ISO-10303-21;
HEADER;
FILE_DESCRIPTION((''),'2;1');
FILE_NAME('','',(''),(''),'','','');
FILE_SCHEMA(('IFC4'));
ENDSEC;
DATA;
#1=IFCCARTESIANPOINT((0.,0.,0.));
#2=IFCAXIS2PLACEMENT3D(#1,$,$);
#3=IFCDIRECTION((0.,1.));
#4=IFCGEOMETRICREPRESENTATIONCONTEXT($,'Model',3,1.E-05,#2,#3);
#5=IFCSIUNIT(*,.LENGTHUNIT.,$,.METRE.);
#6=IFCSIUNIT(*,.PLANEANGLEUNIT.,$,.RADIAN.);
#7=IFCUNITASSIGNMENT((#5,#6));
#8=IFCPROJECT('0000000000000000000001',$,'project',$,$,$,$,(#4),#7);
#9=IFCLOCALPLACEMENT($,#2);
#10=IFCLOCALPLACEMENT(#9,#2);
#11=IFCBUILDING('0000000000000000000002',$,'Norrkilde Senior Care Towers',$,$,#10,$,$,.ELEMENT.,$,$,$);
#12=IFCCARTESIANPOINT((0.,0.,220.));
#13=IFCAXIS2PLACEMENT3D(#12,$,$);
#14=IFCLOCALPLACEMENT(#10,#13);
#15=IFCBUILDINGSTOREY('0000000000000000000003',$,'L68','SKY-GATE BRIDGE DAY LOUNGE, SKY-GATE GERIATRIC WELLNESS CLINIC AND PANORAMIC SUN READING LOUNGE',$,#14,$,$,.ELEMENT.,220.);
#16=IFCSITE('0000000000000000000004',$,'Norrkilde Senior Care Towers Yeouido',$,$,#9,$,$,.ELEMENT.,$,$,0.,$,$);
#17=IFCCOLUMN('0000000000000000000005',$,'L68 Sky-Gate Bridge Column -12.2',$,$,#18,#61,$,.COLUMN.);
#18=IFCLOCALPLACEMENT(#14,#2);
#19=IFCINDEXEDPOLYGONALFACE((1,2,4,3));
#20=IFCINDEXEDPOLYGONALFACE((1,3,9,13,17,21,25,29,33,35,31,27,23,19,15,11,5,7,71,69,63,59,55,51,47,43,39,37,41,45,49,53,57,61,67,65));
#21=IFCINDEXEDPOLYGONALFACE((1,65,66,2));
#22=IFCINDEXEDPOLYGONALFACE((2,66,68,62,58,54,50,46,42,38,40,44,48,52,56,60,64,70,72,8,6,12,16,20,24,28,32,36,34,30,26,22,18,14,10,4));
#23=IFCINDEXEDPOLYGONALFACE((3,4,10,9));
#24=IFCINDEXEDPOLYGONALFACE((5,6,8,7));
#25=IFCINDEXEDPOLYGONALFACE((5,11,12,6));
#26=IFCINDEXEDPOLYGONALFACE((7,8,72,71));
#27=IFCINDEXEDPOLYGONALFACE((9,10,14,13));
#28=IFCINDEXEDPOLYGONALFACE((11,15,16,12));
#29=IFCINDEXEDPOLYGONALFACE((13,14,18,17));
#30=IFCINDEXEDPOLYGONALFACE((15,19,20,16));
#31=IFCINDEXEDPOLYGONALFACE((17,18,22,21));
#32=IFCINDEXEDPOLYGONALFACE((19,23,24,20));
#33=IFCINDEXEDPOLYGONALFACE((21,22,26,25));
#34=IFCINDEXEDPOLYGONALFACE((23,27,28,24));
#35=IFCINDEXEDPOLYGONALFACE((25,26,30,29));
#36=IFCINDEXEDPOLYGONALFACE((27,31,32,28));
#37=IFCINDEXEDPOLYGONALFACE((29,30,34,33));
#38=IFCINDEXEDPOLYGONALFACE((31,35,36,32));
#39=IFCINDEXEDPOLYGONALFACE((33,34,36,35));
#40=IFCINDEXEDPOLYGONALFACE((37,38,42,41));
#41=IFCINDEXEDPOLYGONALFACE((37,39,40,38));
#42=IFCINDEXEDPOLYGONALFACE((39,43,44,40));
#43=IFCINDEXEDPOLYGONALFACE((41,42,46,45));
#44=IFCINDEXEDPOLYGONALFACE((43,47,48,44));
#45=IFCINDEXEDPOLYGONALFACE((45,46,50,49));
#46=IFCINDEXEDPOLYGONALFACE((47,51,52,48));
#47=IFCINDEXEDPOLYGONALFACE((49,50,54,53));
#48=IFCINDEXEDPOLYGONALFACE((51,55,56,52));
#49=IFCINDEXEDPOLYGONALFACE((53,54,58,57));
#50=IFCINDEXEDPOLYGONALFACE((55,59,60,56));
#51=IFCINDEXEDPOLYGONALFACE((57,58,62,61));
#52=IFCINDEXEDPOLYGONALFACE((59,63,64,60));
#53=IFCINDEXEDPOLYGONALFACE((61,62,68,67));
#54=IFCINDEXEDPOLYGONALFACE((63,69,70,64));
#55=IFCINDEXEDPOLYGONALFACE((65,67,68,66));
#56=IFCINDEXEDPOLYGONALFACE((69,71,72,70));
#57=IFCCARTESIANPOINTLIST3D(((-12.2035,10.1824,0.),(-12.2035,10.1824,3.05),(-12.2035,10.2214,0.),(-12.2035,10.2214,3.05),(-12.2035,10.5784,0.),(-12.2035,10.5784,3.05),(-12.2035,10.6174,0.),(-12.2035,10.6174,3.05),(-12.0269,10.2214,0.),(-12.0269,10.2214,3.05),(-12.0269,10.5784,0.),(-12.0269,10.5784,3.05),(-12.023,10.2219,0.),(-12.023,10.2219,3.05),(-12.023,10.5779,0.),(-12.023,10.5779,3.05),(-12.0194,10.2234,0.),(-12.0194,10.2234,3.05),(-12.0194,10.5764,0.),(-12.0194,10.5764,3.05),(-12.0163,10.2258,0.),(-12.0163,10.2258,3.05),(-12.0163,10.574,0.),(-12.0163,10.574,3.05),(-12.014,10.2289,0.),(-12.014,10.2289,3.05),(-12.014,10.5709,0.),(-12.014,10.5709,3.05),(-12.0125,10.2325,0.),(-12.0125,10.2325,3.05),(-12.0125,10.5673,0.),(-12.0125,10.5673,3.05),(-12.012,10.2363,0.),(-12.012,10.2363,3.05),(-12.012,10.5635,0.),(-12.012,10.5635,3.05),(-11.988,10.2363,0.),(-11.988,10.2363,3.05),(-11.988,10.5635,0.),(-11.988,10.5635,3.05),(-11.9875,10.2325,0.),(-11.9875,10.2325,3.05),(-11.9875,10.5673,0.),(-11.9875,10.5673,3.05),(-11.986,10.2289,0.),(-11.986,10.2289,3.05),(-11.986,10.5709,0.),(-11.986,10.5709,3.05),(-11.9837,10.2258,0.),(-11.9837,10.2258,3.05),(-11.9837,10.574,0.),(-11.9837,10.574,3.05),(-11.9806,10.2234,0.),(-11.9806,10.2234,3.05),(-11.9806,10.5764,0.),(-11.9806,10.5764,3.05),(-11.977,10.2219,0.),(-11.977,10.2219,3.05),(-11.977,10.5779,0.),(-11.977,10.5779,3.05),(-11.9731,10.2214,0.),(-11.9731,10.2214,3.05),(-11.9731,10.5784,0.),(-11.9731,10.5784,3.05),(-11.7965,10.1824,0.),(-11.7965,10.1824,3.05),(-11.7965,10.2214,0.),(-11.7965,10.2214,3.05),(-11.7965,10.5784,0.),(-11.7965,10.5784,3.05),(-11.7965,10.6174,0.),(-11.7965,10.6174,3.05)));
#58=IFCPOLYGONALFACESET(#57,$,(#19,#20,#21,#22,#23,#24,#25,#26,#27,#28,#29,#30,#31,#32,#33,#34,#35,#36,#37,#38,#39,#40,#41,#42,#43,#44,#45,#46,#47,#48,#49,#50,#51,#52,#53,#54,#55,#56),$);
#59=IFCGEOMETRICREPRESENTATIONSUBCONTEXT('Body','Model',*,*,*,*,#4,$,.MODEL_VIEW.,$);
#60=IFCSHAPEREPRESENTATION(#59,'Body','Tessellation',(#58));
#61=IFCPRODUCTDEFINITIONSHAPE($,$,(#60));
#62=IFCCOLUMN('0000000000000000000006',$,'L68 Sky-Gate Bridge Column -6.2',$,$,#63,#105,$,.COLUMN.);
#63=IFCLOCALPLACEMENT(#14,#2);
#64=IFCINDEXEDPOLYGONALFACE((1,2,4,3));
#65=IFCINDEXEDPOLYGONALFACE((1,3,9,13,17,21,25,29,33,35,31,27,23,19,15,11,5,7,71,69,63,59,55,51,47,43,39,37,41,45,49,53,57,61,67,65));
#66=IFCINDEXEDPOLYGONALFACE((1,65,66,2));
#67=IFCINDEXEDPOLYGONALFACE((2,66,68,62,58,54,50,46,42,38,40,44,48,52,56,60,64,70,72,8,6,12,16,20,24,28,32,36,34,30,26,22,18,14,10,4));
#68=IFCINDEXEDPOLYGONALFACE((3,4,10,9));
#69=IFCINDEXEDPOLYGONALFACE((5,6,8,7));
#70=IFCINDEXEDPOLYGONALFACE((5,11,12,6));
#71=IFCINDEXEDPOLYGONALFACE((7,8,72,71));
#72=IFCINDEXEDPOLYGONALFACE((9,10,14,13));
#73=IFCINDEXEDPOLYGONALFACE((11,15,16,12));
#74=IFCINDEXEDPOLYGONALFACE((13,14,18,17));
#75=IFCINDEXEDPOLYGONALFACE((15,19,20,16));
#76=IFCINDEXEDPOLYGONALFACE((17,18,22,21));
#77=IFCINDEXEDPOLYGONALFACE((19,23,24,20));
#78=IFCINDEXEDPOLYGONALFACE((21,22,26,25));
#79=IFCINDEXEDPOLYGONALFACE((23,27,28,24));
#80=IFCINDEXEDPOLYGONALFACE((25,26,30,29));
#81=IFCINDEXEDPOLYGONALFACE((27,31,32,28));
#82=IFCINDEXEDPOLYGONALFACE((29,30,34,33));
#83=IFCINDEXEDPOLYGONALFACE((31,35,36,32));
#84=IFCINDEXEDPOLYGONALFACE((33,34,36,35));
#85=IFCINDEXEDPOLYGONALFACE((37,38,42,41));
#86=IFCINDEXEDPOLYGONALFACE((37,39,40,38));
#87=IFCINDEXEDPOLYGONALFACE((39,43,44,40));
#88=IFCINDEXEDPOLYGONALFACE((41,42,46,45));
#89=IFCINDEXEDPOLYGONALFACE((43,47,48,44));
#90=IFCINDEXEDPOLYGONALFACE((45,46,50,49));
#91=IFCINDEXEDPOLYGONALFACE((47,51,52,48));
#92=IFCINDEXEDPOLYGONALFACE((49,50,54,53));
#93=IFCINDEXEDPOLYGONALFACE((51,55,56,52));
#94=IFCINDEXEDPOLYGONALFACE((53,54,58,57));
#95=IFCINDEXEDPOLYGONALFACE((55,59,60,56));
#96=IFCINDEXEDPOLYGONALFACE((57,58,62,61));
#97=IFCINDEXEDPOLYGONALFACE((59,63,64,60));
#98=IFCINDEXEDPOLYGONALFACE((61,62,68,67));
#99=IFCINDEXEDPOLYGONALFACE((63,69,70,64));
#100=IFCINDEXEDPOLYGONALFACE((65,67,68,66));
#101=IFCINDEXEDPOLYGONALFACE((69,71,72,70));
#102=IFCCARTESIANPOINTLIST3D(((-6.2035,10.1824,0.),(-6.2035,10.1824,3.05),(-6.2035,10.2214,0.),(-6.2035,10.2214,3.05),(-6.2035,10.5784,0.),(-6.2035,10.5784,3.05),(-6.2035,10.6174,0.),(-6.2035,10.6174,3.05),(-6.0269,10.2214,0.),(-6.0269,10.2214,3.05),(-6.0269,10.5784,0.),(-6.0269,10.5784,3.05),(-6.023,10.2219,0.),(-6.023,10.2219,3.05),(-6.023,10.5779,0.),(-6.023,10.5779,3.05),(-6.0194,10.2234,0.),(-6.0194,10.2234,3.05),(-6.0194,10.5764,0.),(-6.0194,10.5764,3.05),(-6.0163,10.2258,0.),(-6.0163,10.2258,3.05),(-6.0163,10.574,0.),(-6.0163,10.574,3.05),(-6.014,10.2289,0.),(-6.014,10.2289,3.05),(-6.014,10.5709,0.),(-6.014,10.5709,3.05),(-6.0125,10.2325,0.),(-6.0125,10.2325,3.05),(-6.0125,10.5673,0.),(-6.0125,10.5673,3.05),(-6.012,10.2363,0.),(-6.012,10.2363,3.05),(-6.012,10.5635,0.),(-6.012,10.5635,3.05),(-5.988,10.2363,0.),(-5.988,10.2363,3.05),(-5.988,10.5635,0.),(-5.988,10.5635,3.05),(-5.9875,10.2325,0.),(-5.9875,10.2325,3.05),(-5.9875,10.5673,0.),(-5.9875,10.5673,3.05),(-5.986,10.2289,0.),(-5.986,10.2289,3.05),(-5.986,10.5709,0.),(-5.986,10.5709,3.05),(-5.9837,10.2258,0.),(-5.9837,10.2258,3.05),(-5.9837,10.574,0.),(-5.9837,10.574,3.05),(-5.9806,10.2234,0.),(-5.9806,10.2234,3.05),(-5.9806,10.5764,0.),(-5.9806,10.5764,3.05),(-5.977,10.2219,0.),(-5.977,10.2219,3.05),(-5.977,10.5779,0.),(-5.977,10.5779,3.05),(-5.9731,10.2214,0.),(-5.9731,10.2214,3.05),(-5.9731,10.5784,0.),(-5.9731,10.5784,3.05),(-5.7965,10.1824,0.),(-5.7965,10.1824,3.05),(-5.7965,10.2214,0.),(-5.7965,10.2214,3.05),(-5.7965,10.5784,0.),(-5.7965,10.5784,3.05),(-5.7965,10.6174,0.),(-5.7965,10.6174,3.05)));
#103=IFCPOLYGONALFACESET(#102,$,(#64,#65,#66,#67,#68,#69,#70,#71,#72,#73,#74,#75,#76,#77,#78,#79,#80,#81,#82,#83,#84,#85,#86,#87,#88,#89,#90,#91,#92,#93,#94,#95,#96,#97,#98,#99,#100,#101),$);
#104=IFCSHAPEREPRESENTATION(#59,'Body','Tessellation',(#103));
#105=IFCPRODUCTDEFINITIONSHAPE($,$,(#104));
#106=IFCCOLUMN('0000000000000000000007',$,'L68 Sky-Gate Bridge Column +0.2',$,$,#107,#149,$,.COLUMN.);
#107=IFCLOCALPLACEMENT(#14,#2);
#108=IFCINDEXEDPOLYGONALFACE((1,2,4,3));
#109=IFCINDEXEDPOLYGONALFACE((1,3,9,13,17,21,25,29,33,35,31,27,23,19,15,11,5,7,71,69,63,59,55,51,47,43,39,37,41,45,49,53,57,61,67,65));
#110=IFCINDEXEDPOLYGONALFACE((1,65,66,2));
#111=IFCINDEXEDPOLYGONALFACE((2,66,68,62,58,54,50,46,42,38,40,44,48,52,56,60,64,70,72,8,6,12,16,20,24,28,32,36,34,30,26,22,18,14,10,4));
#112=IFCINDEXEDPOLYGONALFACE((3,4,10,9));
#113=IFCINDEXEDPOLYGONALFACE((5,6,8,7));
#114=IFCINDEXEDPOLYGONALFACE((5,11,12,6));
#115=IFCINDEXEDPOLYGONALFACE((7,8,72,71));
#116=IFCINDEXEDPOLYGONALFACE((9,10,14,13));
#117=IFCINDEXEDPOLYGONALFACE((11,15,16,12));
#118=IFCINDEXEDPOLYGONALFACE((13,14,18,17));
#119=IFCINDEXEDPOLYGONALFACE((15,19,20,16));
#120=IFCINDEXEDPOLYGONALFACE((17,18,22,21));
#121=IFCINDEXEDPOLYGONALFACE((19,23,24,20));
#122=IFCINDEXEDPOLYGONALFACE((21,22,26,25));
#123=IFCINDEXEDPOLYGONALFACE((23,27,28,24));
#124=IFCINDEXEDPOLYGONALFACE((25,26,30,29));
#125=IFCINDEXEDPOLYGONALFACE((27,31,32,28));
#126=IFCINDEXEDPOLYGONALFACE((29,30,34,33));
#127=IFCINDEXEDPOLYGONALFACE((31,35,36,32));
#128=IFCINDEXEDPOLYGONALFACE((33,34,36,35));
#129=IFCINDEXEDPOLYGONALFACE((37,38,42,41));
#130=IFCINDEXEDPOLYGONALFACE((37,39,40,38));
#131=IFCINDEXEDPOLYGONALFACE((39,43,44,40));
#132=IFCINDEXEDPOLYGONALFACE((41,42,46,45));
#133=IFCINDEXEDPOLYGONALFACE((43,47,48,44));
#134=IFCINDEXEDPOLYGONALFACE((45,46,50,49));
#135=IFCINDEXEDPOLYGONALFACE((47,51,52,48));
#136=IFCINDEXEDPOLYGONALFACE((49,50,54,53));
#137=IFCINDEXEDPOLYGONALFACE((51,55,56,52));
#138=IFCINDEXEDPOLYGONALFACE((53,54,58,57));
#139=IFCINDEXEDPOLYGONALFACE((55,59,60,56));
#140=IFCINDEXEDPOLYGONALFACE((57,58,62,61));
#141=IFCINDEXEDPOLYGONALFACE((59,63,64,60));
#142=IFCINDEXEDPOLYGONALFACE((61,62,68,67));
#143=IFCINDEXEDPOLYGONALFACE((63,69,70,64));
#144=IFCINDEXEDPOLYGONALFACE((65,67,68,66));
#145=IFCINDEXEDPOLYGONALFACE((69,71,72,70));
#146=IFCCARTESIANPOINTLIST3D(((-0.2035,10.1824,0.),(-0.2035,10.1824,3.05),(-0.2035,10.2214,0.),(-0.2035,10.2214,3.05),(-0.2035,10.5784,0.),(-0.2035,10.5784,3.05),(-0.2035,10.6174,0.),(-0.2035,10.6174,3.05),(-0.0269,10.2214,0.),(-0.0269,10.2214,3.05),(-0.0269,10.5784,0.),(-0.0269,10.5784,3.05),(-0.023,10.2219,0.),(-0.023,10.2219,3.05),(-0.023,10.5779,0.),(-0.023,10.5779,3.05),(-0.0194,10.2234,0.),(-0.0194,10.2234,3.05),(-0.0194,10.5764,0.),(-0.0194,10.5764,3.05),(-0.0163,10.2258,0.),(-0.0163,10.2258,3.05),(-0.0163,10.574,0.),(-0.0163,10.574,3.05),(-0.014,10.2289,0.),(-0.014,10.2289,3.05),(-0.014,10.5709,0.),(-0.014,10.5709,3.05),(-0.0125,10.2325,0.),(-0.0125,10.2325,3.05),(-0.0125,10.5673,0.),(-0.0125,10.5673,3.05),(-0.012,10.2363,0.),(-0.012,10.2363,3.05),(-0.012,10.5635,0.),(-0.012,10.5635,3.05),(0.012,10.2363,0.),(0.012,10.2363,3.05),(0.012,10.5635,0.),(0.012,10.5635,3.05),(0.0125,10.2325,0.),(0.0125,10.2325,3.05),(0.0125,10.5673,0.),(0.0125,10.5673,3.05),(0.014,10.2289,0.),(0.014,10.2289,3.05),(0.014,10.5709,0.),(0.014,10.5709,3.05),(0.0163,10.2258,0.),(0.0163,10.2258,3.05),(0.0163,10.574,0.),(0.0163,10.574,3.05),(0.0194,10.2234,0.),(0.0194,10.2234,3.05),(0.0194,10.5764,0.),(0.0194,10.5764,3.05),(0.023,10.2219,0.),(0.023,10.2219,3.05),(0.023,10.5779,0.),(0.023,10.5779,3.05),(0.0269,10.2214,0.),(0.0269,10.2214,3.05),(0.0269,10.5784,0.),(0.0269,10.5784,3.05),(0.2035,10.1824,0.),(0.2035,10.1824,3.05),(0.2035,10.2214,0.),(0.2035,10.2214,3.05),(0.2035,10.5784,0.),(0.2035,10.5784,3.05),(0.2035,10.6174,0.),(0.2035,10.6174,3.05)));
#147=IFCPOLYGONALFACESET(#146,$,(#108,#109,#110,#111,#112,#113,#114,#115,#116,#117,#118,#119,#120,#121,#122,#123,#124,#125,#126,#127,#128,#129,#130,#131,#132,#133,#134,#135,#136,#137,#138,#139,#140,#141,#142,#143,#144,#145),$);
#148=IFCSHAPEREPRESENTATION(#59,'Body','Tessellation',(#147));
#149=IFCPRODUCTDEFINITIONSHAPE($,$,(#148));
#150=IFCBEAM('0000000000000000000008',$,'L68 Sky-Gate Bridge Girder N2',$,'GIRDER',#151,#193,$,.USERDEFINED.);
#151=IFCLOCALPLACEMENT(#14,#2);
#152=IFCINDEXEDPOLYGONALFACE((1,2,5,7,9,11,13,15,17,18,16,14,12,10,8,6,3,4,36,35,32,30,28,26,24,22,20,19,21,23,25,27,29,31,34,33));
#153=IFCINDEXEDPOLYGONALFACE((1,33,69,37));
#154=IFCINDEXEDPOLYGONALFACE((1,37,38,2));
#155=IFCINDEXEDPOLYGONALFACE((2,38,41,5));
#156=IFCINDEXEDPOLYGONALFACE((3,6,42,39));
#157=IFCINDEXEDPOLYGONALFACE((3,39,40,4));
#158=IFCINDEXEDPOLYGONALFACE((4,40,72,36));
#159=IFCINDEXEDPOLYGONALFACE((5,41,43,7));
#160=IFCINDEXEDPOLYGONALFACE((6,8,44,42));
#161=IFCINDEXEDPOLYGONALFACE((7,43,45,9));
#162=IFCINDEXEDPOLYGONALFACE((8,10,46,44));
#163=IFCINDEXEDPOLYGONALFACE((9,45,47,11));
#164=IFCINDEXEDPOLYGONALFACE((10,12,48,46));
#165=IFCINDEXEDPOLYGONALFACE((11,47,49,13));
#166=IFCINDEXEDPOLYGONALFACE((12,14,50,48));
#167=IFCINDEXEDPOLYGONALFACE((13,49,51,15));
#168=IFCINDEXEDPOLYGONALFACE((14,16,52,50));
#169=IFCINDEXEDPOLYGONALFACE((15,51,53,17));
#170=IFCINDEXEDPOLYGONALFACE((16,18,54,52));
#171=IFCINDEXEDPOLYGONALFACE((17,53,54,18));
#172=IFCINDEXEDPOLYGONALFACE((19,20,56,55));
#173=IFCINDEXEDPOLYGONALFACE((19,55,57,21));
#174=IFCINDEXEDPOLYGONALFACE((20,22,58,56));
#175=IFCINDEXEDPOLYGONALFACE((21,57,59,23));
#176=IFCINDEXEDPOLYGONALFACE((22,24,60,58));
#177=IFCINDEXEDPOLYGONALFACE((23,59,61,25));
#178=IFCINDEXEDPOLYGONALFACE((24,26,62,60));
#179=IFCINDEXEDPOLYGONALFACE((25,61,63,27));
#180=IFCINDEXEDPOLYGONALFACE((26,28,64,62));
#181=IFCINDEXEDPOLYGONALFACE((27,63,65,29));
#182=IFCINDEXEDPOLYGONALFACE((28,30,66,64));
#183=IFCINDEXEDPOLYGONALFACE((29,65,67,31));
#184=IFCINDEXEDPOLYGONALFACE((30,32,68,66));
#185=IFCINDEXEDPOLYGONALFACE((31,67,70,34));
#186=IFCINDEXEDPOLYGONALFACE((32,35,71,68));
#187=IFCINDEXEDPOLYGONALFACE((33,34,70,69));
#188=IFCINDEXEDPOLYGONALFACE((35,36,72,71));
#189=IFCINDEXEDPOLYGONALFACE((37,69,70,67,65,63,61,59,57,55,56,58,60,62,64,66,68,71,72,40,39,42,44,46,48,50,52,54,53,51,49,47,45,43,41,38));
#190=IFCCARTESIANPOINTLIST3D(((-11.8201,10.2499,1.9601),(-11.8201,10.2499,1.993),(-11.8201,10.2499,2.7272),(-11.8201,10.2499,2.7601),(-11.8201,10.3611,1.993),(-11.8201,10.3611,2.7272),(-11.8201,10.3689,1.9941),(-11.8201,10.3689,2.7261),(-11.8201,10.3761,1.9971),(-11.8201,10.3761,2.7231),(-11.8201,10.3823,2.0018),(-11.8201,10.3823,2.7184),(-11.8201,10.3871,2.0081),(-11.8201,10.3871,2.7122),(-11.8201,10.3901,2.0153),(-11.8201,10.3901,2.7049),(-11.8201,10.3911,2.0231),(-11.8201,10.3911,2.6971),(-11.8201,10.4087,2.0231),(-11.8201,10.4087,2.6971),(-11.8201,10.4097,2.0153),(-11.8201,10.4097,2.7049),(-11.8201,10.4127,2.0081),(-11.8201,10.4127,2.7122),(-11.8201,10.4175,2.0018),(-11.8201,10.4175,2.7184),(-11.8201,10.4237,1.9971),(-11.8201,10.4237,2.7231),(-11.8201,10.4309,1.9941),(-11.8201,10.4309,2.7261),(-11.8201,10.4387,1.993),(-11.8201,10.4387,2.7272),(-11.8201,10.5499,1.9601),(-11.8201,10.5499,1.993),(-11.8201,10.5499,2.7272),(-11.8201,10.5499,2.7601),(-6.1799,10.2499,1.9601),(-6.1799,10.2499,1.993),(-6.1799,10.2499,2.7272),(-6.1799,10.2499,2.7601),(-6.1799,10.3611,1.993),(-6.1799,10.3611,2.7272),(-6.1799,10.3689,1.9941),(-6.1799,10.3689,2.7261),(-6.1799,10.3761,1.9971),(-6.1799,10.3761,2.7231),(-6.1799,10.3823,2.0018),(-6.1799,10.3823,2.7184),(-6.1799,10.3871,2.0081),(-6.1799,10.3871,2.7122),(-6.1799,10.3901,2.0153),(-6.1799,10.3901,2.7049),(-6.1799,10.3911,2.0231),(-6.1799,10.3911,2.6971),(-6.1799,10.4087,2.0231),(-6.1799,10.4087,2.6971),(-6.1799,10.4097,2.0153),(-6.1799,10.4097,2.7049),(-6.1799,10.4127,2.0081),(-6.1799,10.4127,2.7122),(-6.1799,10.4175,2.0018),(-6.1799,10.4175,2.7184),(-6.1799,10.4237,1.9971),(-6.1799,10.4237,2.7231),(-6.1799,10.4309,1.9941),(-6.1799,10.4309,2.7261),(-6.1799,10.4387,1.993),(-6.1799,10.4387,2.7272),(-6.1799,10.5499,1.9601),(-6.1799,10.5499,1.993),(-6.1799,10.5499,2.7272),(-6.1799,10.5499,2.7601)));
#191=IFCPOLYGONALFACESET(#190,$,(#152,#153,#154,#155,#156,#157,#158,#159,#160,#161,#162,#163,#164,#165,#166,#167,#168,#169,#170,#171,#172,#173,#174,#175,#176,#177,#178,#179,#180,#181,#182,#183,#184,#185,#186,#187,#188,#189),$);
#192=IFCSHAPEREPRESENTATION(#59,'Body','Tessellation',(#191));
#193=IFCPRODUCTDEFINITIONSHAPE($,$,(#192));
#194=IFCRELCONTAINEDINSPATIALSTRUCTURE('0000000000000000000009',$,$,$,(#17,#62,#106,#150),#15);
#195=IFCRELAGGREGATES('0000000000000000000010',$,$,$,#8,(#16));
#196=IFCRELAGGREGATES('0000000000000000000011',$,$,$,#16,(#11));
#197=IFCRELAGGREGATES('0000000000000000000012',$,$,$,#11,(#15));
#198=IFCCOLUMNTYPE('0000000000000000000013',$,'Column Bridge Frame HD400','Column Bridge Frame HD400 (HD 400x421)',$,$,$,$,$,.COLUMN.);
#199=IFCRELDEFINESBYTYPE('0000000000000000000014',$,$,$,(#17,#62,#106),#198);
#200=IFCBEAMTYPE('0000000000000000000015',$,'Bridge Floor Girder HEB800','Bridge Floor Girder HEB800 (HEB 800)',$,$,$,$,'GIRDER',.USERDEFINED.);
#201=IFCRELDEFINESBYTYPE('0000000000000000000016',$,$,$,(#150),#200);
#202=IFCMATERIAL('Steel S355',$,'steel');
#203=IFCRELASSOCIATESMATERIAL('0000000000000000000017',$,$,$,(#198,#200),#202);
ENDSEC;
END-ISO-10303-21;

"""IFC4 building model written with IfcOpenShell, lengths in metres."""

from ifc_helpers import new_model, si_unit, direction, frame, origin, origin_2d, place, context, subcontext, project, spatial, i_section, extrude, source, transform, mapped, material, material_profile, profile_set, type_object, type_shapes, element, save


model = new_model("IFC4")

# Units and contexts
model_context = context("Model", 3, precision=1e-05, world=origin(), true_north=direction((0.0, 1.0)))
body_context = subcontext(model_context, "Body", "Model", "MODEL_VIEW")
ifc_project = project(units=[si_unit("LENGTHUNIT", "METRE"), si_unit("PLANEANGLEUNIT", "RADIAN")], contexts=[model_context])

# Site, building, storey
site_placement = place(None, origin())
site = spatial("IfcSite", under=ifc_project, at=site_placement, Name="Norrkilde Senior Care Towers Yeouido", CompositionType="ELEMENT", RefElevation=0.0)
building_placement = place(site_placement, origin())
building = spatial("IfcBuilding", under=site, at=building_placement, Name="Norrkilde Senior Care Towers", CompositionType="ELEMENT")
storey_placement = place(building_placement, frame((0.0, 0.0, 220.0)))
storey = spatial("IfcBuildingStorey", under=building, at=storey_placement, Name="L68", Description="SKY-GATE BRIDGE DAY LOUNGE, SKY-GATE GERIATRIC WELLNESS CLINIC AND PANORAMIC SUN READING LOUNGE", CompositionType="ELEMENT", Elevation=220.0)

# Columns
ifc_material_1 = material(Name="Steel S355", Category="steel")
ifc_material_profile_1 = material_profile(ifc_material_1, i_section(OverallWidth=0.407, OverallDepth=0.4351, WebThickness=0.0239, FlangeThickness=0.0391, FilletRadius=0.0149, at=origin_2d()), Name="HD 400x421")
ifc_profile_set_1 = profile_set([ifc_material_profile_1], Name="Steel S355")
column_type = type_object("IfcColumnType", Name="Column Bridge Frame HD400", Description="Column Bridge Frame HD400 (HD 400x421)", PredefinedType="COLUMN", material=ifc_profile_set_1)
shared_shape_1 = source(origin(), body_context, "Body", "SweptSolid", [
    extrude(i_section(OverallWidth=0.407, OverallDepth=0.4351, WebThickness=0.0239, FlangeThickness=0.0391, FilletRadius=0.0149, at=origin_2d()), origin(), (0.0, 0.0, 1.0), 3.05),
])
type_shapes(column_type, [shared_shape_1])
for number, where, z_axis, x_axis, name in (
    (1, (-12.0, 10.3999, 0.0), (0.0, 0.0, 1.0), (1.0, 0.0, 0.0), "L68 Sky-Gate Bridge Column -12.2"),
    (2, (-6.0, 10.3999, 0.0), (0.0, 0.0, 1.0), (1.0, 0.0, 0.0), "L68 Sky-Gate Bridge Column -6.2"),
    (3, (0.0, 10.3999, 0.0), (0.0, 0.0, 1.0), (1.0, 0.0, 0.0), "L68 Sky-Gate Bridge Column +0.2"),
):
    element("IfcColumn", number, at=place(storey_placement, frame(where, z_axis=z_axis, x_axis=x_axis)), inside=storey, type_object=column_type, Name=name, PredefinedType="COLUMN", context=body_context, shape_type="MappedRepresentation", body=[
        mapped(shared_shape_1, transform((0.0, 0.0, 0.0), x_axis=(1.0, 0.0, 0.0), y_axis=(0.0, 1.0, 0.0), z_axis=(0.0, 0.0, 1.0), scale=1.0)),
    ])

# Beam
ifc_material_profile_2 = material_profile(ifc_material_1, i_section(OverallWidth=0.3, OverallDepth=0.8, WebThickness=0.0176, FlangeThickness=0.033, FilletRadius=0.03, at=origin_2d()), Name="HEB 800")
ifc_profile_set_2 = profile_set([ifc_material_profile_2], Name="Steel S355")
beam_type_1 = type_object("IfcBeamType", Name="Bridge Floor Girder HEB800", Description="Bridge Floor Girder HEB800 (HEB 800)", ElementType="GIRDER", PredefinedType="USERDEFINED", material=ifc_profile_set_2)
shared_shape_2 = source(origin(), body_context, "Body", "SweptSolid", [
    extrude(i_section(OverallWidth=0.3, OverallDepth=0.8, WebThickness=0.0176, FlangeThickness=0.033, FilletRadius=0.03, at=origin_2d()), origin(), (0.0, 0.0, 1.0), 5.6401),
])
type_shapes(beam_type_1, [shared_shape_2])
for number, where, z_axis, x_axis, name in (
    (4, (-11.8201, 10.3999, 2.3601), (1.0, 0.0, 0.0), (0.0, 1.0, 0.0), "L68 Sky-Gate Bridge Girder N2"),
):
    element("IfcBeam", number, at=place(storey_placement, frame(where, z_axis=z_axis, x_axis=x_axis)), inside=storey, type_object=beam_type_1, Name=name, ObjectType="GIRDER", PredefinedType="USERDEFINED", context=body_context, shape_type="MappedRepresentation", body=[
        mapped(shared_shape_2, transform((0.0, 0.0, 0.0), x_axis=(1.0, 0.0, 0.0), y_axis=(0.0, 1.0, 0.0), z_axis=(0.0, 0.0, 1.0), scale=1.0)),
    ])

save(model, "model.ifc")
